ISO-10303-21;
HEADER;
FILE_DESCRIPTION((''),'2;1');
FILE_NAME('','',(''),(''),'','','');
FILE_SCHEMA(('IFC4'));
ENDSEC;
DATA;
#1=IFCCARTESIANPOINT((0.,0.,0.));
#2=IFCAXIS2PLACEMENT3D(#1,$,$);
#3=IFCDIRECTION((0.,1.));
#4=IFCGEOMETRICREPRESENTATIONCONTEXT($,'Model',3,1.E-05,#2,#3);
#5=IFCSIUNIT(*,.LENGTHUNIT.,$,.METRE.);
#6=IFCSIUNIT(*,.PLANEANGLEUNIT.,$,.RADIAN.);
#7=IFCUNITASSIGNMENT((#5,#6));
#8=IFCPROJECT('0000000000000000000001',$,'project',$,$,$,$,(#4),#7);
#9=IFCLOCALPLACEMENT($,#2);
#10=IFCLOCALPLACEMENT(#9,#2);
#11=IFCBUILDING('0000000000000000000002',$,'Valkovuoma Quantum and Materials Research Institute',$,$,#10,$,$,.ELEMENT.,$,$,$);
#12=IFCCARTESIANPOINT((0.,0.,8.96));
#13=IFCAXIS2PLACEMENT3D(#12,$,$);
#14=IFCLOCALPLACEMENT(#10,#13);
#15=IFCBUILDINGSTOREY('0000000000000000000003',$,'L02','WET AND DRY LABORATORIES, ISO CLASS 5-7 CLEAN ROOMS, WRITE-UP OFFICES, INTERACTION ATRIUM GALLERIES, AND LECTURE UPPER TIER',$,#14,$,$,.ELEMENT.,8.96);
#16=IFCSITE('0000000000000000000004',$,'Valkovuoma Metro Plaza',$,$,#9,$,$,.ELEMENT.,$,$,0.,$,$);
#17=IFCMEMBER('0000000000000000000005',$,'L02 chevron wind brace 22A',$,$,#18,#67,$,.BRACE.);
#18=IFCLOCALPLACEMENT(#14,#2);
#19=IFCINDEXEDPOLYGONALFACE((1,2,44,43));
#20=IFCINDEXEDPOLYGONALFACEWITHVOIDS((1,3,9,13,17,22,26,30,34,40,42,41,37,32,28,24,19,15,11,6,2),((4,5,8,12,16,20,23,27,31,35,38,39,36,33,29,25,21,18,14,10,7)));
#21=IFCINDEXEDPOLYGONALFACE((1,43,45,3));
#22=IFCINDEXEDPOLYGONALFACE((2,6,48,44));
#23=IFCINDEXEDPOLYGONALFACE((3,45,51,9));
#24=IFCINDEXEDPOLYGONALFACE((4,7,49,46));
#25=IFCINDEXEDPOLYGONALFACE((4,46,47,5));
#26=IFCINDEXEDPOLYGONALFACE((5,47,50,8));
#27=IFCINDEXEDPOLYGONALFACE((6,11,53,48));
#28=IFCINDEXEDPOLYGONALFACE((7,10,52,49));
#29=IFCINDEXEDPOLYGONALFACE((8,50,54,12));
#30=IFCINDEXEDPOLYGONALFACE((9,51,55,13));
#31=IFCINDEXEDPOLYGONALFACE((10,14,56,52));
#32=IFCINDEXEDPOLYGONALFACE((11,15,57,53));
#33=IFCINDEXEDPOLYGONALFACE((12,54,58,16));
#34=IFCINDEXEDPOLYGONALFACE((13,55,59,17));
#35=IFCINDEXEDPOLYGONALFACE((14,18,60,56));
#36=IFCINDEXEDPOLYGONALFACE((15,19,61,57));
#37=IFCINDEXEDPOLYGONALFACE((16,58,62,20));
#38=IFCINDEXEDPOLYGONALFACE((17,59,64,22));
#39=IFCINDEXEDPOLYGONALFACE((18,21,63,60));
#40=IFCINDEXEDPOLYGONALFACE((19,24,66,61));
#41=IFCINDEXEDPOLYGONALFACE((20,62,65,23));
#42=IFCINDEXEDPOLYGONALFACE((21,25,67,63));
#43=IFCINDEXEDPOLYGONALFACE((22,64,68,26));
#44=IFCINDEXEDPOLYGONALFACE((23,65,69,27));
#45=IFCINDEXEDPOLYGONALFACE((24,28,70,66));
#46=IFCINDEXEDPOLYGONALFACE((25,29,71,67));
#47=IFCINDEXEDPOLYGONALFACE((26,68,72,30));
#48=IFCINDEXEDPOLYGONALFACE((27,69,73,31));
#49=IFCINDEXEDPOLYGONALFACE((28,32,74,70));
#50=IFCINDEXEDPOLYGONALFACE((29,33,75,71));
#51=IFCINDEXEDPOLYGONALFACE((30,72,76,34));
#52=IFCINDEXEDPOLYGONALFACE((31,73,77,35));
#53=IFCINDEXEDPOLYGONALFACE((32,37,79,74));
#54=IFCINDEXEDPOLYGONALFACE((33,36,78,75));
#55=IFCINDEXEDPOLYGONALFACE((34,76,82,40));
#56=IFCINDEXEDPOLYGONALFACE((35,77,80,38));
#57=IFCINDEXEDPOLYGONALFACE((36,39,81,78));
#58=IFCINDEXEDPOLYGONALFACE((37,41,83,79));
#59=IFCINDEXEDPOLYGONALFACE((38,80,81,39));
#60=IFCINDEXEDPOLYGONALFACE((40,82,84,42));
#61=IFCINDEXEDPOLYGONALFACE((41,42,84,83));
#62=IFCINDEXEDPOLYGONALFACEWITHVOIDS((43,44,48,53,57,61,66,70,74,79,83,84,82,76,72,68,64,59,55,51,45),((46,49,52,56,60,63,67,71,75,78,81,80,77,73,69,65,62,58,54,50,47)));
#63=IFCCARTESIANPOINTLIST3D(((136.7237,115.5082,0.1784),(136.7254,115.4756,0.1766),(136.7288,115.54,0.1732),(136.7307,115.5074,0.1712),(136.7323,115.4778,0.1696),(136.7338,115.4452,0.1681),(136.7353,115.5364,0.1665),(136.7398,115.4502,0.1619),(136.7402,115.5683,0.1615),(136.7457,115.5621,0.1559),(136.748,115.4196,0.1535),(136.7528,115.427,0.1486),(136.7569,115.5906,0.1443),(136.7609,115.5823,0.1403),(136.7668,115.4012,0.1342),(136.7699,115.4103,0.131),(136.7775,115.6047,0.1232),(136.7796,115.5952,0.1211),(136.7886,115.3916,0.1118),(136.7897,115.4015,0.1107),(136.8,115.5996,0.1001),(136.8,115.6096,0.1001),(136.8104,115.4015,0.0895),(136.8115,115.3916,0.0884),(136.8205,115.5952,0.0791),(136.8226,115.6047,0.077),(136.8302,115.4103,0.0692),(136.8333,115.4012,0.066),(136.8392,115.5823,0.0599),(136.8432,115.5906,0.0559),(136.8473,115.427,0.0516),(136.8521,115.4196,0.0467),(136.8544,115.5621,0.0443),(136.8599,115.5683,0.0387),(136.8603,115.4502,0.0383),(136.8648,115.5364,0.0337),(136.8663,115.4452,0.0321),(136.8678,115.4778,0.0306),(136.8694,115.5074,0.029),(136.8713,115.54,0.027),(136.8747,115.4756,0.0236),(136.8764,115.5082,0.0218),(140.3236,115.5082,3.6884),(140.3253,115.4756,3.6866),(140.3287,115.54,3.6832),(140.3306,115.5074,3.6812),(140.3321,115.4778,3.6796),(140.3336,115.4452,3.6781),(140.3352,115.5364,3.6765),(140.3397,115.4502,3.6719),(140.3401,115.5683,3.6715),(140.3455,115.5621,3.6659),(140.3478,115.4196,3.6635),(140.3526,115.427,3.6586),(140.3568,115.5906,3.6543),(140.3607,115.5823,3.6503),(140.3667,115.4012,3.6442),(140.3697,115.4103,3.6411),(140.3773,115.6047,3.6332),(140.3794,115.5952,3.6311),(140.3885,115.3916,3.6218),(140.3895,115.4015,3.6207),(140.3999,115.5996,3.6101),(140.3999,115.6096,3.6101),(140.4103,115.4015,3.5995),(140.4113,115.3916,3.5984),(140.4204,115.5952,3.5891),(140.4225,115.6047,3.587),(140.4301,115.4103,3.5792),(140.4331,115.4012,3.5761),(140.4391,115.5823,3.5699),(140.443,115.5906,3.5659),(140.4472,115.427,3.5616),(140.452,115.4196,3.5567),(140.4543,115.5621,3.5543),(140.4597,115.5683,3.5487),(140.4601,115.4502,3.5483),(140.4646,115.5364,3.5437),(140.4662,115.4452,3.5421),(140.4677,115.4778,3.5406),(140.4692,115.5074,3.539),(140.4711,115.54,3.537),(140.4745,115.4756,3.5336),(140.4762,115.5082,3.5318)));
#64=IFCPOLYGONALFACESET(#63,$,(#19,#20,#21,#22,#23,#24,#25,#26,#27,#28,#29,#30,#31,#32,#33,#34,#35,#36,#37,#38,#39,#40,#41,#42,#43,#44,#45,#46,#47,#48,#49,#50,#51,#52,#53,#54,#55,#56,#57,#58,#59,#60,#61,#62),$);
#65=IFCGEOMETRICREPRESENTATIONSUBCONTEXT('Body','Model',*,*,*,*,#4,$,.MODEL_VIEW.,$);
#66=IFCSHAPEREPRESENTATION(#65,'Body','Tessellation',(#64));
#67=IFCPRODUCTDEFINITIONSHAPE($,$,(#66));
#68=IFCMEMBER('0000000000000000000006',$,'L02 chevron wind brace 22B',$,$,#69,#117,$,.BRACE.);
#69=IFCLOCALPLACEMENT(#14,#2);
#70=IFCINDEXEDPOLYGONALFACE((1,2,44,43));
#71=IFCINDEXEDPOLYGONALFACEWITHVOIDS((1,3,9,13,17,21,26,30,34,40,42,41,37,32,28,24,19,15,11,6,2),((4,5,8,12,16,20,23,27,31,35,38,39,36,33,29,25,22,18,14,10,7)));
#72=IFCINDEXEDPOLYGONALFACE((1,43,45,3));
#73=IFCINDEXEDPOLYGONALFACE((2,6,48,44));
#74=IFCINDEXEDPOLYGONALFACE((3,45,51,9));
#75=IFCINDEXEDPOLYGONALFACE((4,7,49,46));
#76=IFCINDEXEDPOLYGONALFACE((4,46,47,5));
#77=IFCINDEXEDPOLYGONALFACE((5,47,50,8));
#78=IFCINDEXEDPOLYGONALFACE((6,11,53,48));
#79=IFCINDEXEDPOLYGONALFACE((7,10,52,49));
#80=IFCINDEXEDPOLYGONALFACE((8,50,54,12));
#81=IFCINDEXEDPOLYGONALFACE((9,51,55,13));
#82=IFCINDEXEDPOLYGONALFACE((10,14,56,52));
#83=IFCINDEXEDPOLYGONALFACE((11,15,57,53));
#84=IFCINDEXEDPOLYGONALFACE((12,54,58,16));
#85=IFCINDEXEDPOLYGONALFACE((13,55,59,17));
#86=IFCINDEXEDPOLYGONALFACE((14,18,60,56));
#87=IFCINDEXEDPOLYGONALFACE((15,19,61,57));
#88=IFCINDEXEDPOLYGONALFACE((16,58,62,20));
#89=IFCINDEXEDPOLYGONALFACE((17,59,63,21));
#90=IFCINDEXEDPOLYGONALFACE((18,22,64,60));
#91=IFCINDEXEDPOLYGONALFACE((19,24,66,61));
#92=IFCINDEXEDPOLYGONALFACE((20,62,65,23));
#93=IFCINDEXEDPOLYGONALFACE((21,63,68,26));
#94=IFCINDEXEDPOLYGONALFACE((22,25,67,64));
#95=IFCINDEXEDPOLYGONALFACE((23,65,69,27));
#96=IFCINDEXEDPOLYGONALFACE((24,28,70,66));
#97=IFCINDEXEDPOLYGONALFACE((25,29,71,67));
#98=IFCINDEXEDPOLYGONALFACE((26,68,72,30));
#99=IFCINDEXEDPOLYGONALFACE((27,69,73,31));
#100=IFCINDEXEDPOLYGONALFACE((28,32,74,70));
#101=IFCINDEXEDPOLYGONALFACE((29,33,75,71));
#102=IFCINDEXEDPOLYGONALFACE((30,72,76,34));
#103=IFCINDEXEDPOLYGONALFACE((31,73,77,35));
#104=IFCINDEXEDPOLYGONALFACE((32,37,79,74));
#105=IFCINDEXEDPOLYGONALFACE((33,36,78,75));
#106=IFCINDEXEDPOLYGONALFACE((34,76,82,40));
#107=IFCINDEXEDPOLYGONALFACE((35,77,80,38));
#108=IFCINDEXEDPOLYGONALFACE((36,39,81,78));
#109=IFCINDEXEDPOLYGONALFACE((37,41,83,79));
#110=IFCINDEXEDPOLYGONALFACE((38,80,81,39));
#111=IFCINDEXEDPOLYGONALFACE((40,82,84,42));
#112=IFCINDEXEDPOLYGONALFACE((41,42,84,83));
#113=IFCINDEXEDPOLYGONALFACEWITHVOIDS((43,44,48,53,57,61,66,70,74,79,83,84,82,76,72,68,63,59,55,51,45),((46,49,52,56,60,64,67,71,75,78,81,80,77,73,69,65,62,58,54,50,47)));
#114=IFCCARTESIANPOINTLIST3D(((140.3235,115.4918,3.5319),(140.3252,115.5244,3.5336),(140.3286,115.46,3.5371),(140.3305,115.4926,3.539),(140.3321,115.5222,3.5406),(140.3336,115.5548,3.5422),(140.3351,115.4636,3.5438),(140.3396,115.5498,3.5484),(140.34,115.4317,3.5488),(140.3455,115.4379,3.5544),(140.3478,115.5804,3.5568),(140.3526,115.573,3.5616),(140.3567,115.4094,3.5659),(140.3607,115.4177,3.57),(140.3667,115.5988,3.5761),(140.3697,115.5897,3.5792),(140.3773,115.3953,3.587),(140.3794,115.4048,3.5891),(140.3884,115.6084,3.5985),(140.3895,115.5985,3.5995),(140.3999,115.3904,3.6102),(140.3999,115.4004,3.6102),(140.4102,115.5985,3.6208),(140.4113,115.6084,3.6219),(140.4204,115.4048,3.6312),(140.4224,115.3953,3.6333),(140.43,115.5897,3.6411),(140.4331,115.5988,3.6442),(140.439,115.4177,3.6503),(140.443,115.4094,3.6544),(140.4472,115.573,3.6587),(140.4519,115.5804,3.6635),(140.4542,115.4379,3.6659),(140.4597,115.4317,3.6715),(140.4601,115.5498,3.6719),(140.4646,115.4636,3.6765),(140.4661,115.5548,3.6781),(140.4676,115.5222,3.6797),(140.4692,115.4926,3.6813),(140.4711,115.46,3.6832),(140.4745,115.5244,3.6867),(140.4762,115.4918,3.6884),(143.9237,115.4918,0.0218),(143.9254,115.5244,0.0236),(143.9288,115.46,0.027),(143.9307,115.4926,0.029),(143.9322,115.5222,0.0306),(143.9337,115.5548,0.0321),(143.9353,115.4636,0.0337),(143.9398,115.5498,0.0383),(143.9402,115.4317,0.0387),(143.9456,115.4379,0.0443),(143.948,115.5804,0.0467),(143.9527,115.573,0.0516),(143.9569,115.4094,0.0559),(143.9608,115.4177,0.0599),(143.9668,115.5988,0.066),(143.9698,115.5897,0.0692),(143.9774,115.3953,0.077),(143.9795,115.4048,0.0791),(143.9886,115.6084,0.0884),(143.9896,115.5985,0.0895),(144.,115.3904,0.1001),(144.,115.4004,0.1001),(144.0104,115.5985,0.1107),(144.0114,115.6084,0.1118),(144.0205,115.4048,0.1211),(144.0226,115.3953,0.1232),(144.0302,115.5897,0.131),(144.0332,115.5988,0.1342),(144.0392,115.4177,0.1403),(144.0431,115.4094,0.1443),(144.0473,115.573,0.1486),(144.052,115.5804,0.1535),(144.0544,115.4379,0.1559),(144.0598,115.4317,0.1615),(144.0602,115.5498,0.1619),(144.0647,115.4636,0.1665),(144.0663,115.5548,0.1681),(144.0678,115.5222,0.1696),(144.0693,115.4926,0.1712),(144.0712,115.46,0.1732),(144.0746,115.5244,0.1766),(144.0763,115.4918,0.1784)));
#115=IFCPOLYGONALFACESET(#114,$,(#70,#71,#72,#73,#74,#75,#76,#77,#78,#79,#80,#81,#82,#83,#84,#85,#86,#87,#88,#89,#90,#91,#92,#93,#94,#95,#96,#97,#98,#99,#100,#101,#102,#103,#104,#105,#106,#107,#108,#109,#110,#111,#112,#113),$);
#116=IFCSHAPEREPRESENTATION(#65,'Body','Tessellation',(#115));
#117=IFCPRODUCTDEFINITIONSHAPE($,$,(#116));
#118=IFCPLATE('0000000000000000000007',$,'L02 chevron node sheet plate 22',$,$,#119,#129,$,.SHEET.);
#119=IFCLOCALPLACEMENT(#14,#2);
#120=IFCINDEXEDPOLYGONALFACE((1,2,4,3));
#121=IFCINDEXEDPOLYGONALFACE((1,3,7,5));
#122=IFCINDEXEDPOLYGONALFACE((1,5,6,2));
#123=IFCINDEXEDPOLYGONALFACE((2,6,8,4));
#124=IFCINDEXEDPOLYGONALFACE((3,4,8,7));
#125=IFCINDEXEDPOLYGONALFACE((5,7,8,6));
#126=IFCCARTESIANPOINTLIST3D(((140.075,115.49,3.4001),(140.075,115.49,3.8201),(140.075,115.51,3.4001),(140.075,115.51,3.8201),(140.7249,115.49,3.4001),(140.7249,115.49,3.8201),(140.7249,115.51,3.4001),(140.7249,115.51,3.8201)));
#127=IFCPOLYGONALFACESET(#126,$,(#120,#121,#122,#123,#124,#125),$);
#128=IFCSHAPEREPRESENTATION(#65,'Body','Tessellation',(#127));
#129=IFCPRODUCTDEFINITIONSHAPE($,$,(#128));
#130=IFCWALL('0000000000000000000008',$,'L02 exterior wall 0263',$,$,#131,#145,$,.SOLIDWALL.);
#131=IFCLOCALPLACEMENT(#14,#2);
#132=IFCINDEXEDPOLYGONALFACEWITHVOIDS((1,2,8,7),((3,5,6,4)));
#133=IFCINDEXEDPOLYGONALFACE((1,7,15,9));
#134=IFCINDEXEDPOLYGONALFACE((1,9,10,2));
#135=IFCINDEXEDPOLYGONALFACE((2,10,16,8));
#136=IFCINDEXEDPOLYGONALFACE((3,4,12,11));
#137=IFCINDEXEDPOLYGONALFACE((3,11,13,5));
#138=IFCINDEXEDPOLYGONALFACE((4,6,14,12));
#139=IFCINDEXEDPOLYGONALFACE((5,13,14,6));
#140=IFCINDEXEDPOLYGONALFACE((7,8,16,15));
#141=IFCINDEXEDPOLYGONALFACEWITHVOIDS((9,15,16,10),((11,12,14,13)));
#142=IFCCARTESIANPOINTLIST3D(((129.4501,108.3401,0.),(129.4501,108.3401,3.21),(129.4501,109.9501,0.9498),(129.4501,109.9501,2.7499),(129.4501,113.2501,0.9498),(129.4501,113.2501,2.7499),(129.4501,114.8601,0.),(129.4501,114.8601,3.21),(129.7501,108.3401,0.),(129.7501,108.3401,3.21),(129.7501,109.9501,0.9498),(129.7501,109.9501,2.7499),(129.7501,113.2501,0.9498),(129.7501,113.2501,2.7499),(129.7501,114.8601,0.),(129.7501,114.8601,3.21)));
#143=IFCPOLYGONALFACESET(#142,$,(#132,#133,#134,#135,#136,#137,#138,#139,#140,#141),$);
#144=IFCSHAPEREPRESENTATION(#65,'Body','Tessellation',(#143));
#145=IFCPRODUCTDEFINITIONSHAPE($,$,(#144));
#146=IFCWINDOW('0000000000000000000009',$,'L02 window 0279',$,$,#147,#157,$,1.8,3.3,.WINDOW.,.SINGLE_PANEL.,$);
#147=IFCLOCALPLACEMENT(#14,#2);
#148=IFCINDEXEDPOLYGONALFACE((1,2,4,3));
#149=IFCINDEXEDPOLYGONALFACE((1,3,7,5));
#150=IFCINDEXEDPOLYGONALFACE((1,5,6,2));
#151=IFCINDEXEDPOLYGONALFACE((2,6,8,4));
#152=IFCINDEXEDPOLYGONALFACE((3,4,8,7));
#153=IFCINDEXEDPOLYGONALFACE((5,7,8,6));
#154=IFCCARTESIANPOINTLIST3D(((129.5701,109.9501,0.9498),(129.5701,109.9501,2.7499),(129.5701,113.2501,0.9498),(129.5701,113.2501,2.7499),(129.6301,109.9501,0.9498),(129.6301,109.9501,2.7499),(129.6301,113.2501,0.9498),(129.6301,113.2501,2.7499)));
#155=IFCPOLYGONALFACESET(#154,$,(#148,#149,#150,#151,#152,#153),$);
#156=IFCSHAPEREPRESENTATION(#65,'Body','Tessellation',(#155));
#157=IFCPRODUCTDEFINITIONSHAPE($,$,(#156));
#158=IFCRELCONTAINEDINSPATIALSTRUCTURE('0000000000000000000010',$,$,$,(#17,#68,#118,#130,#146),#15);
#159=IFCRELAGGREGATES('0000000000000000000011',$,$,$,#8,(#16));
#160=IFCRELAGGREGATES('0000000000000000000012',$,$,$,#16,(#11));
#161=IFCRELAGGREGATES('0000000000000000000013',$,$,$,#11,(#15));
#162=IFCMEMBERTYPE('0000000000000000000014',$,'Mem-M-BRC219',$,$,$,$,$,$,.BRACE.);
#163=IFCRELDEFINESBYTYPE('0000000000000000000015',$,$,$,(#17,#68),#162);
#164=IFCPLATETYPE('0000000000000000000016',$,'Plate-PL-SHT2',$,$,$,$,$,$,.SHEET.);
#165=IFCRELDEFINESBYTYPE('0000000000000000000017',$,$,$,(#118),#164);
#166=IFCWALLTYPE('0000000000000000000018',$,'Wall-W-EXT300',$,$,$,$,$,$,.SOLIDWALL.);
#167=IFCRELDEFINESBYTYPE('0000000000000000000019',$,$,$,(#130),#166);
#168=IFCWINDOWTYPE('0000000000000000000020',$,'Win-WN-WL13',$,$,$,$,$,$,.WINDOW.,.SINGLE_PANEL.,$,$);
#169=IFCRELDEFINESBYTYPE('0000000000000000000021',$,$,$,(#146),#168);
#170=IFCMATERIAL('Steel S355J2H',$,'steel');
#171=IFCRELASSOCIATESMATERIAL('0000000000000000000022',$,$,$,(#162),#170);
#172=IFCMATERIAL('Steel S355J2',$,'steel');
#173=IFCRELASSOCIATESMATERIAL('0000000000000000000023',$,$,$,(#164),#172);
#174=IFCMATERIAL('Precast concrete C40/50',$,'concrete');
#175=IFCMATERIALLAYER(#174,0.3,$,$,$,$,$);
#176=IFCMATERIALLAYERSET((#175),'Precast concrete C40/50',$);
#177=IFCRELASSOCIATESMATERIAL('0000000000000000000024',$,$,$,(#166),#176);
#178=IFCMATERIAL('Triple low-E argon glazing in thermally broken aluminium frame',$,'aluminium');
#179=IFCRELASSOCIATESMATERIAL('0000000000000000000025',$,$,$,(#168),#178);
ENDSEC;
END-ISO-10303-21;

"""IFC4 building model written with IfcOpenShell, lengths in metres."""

from ifc_helpers import new_model, si_unit, direction, frame, frame_2d, origin, origin_2d, place, context, subcontext, project, spatial, rectangle, hollow_circle, extrude, material, layer, layer_set, material_profile, profile_set, type_object, element, fill, save


model = new_model("IFC4")

# Units and contexts
model_context = context("Model", 3, precision=1e-05, world=origin(), true_north=direction((0.0, 1.0)))
body_context = subcontext(model_context, "Body", "Model", "MODEL_VIEW")
ifc_project = project(units=[si_unit("LENGTHUNIT", "METRE"), si_unit("PLANEANGLEUNIT", "RADIAN")], contexts=[model_context])

# Site, building, storey
site_placement = place(None, origin())
site = spatial("IfcSite", under=ifc_project, at=site_placement, Name="Valkovuoma Metro Plaza", CompositionType="ELEMENT", RefElevation=0.0)
building_placement = place(site_placement, origin())
building = spatial("IfcBuilding", under=site, at=building_placement, Name="Valkovuoma Quantum and Materials Research Institute", CompositionType="ELEMENT")
storey_placement = place(building_placement, frame((0.0, 0.0, 8.96)))
storey = spatial("IfcBuildingStorey", under=building, at=storey_placement, Name="L02", Description="WET AND DRY LABORATORIES, ISO CLASS 5-7 CLEAN ROOMS, WRITE-UP OFFICES, INTERACTION ATRIUM GALLERIES, AND LECTURE UPPER TIER", CompositionType="ELEMENT", Elevation=8.96)

# Members
ifc_material_1 = material(Name="Steel S355J2H", Category="steel")
ifc_material_profile_1 = material_profile(ifc_material_1, hollow_circle(Radius=0.1096, WallThickness=0.01, at=origin_2d()), Name="Steel S355J2H")
ifc_profile_set_1 = profile_set([ifc_material_profile_1], Name="Steel S355J2H")
member_type = type_object("IfcMemberType", Name="Mem-M-BRC219", PredefinedType="BRACE", material=ifc_profile_set_1)
member_1_placement = place(storey_placement, frame((136.8, 115.5, 0.1001), z_axis=(0.715985, 0.0, 0.698116), x_axis=(0.0, 1.0, 0.0)))
element("IfcMember", 1, at=member_1_placement, inside=storey, type_object=member_type, Name="L02 chevron wind brace 22A", PredefinedType="BRACE", context=body_context, shape_type="SweptSolid", body=[
    extrude(hollow_circle(Radius=0.1096, WallThickness=0.01, at=origin_2d()), origin(), (0.0, 0.0, 1.0), 5.0278),
])
member_2_placement = place(storey_placement, frame((144.0, 115.5, 0.1001), z_axis=(-0.716009, 0.0, 0.698091), x_axis=(0.0, -1.0, 0.0)))
element("IfcMember", 2, at=member_2_placement, inside=storey, type_object=member_type, Name="L02 chevron wind brace 22B", PredefinedType="BRACE", context=body_context, shape_type="SweptSolid", body=[
    extrude(hollow_circle(Radius=0.1096, WallThickness=0.01, at=origin_2d()), origin(), (0.0, 0.0, 1.0), 5.0281),
])

# Plate
ifc_material_2 = material(Name="Steel S355J2", Category="steel")
plate_type = type_object("IfcPlateType", Name="Plate-PL-SHT2", PredefinedType="SHEET", material=ifc_material_2)
plate_placement = place(storey_placement, frame((140.3999, 115.5, 3.4001), z_axis=(0.0, 0.0, 1.0), x_axis=(1.0, 0.0, 0.0)))
element("IfcPlate", 3, at=plate_placement, inside=storey, type_object=plate_type, Name="L02 chevron node sheet plate 22", PredefinedType="SHEET", context=body_context, shape_type="SweptSolid", body=[
    extrude(rectangle(XDim=0.6499, YDim=0.02, at=origin_2d()), origin(), (0.0, 0.0, 1.0), 0.4199),
])

# Wall, opening, window
ifc_material_3 = material(Name="Precast concrete C40/50", Category="concrete")
ifc_layer_1 = layer(ifc_material_3, 0.3)
ifc_layer_set_1 = layer_set([ifc_layer_1], Name="Precast concrete C40/50")
wall_type_1 = type_object("IfcWallType", Name="Wall-W-EXT300", PredefinedType="SOLIDWALL", material=ifc_layer_set_1)
wall_1_placement = place(storey_placement, frame((129.6001, 108.3401, 0.0), z_axis=(0.0, 0.0, 1.0), x_axis=(0.0, 1.0, 0.0)))
wall_1 = element("IfcWall", 4, at=wall_1_placement, inside=storey, type_object=wall_type_1, Name="L02 exterior wall 0263", PredefinedType="SOLIDWALL", context=body_context, shape_type="SweptSolid", body=[
    extrude(rectangle(XDim=6.52, YDim=0.3, at=frame_2d((3.26, 0.0))), origin(), (0.0, 0.0, 1.0), 3.21),
])
opening_1_placement = place(wall_1_placement, frame((1.6101, 0.0, 0.95)))
opening_1 = element("IfcOpeningElement", 5, at=opening_1_placement, cuts=wall_1, PredefinedType="OPENING", context=body_context, shape_type="SweptSolid", body=[
    extrude(rectangle(XDim=3.3, YDim=1.8, at=frame_2d((1.6499, 0.8999))), frame((0.0, 0.1602, 0.0), z_axis=(0.0, -1.0, 0.0), x_axis=(1.0, 0.0, 0.0)), (0.0, 0.0, 1.0), 0.3201),
])
ifc_material_4 = material(Name="Triple low-E argon glazing in thermally broken aluminium frame", Category="aluminium")
window_type_1 = type_object("IfcWindowType", Name="Win-WN-WL13", PartitioningType="SINGLE_PANEL", PredefinedType="WINDOW", material=ifc_material_4)
window_1_placement = place(opening_1_placement, origin())
window_1 = element("IfcWindow", 6, at=window_1_placement, inside=storey, type_object=window_type_1, Name="L02 window 0279", OverallHeight=1.8, OverallWidth=3.3, PartitioningType="SINGLE_PANEL", PredefinedType="WINDOW", context=body_context, shape_type="SweptSolid", body=[
    extrude(rectangle(XDim=3.3, YDim=1.8, at=frame_2d((1.6499, 0.8999))), frame((0.0, 0.03, 0.0), z_axis=(0.0, -1.0, 0.0), x_axis=(1.0, 0.0, 0.0)), (0.0, 0.0, 1.0), 0.0601),
])
fill(opening_1, window_1)

save(model, "model.ifc")
